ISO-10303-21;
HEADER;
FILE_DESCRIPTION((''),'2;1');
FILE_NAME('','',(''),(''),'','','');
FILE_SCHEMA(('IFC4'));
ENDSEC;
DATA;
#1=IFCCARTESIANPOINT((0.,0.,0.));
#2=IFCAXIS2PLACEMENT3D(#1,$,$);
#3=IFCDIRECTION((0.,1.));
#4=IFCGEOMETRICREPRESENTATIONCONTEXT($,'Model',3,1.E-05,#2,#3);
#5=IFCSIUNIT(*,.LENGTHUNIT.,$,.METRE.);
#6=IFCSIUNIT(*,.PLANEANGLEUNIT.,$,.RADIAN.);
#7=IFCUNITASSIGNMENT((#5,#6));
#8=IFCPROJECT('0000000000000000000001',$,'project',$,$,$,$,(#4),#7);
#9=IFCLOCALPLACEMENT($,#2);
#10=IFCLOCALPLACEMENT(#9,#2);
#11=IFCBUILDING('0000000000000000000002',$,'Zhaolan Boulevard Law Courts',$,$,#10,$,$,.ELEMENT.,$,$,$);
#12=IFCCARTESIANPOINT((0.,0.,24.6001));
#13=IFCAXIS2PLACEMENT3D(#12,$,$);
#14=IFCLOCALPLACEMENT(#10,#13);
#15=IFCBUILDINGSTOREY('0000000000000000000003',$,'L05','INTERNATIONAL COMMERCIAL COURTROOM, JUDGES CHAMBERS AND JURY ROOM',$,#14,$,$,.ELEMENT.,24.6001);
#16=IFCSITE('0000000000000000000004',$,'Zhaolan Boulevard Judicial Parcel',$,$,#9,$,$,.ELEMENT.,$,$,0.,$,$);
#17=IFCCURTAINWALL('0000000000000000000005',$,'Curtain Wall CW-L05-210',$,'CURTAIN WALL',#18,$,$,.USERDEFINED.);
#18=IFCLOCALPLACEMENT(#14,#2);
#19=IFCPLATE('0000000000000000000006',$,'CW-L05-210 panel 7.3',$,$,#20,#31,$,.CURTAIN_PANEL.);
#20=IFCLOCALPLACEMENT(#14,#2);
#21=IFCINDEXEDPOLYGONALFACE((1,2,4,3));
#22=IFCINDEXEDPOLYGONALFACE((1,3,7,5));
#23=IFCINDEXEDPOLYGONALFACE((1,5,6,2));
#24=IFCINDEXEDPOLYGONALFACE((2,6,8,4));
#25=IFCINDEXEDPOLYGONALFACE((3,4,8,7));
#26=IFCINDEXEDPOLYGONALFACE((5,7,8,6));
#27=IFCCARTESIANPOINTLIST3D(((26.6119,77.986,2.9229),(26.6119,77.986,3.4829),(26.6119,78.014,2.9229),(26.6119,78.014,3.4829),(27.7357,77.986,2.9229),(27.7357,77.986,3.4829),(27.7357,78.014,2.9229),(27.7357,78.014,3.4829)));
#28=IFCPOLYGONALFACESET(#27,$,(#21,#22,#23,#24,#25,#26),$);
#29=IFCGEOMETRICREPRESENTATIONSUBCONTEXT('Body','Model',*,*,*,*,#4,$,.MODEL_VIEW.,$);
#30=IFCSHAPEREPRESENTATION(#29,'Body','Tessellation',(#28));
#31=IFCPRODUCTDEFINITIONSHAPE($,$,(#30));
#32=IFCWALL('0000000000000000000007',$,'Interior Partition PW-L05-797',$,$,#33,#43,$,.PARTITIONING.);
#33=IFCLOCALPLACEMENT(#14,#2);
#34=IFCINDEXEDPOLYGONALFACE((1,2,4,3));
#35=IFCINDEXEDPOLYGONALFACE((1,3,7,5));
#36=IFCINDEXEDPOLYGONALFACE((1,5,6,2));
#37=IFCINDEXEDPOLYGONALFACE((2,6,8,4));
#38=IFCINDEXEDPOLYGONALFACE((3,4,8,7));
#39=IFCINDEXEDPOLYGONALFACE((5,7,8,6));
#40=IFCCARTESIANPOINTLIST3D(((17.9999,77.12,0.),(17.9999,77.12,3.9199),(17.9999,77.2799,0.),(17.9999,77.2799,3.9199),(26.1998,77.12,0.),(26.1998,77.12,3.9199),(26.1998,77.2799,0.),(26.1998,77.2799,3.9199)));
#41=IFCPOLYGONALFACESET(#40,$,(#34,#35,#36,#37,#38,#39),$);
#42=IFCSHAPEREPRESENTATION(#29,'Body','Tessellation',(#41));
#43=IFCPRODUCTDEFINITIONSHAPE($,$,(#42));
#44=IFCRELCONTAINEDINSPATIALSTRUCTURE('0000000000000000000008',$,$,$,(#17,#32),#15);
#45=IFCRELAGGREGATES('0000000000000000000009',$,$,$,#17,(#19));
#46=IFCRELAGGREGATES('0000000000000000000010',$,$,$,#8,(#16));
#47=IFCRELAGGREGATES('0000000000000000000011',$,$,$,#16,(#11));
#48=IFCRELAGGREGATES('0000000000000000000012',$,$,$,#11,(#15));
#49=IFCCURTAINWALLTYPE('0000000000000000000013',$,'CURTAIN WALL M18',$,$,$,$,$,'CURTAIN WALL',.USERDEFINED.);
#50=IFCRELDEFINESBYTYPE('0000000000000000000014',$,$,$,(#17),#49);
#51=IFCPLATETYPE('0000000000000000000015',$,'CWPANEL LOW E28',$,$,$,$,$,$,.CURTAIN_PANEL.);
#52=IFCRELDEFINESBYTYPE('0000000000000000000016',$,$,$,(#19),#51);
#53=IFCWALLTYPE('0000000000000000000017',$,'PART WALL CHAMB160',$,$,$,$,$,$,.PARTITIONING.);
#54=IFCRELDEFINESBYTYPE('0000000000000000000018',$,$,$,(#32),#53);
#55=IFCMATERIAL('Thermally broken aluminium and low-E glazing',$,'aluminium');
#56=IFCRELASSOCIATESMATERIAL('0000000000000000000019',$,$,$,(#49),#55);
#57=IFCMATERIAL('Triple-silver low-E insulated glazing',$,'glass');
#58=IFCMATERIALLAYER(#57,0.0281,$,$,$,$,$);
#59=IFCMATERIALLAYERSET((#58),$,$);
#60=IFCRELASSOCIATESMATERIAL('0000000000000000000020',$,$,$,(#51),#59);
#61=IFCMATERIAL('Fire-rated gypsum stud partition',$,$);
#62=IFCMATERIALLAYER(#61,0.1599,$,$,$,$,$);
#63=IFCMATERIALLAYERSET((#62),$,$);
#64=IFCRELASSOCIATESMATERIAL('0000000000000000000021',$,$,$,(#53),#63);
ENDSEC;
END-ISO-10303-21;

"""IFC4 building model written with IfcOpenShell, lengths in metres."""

from ifc_helpers import new_model, si_unit, direction, frame, frame_2d, origin, origin_2d, place, context, subcontext, project, spatial, rectangle, extrude, material, layer, layer_set, type_object, element, aggregate, save


model = new_model("IFC4")

# Units and contexts
model_context = context("Model", 3, precision=1e-05, world=origin(), true_north=direction((0.0, 1.0)))
body_context = subcontext(model_context, "Body", "Model", "MODEL_VIEW")
ifc_project = project(units=[si_unit("LENGTHUNIT", "METRE"), si_unit("PLANEANGLEUNIT", "RADIAN")], contexts=[model_context])

# Site, building, storey
site_placement = place(None, origin())
site = spatial("IfcSite", under=ifc_project, at=site_placement, Name="Zhaolan Boulevard Judicial Parcel", CompositionType="ELEMENT", RefElevation=0.0)
building_placement = place(site_placement, origin())
building = spatial("IfcBuilding", under=site, at=building_placement, Name="Zhaolan Boulevard Law Courts", CompositionType="ELEMENT")
storey_placement = place(building_placement, frame((0.0, 0.0, 24.6001)))
storey = spatial("IfcBuildingStorey", under=building, at=storey_placement, Name="L05", Description="INTERNATIONAL COMMERCIAL COURTROOM, JUDGES CHAMBERS AND JURY ROOM", CompositionType="ELEMENT", Elevation=24.6001)

# Curtain wall
ifc_material_1 = material(Name="Thermally broken aluminium and low-E glazing", Category="aluminium")
curtain_wall_type_1 = type_object("IfcCurtainWallType", Name="CURTAIN WALL M18", ElementType="CURTAIN WALL", PredefinedType="USERDEFINED", material=ifc_material_1)
curtain_wall_1_placement = place(storey_placement, origin())
curtain_wall_1 = element("IfcCurtainWall", 1, at=curtain_wall_1_placement, inside=storey, type_object=curtain_wall_type_1, Name="Curtain Wall CW-L05-210", ObjectType="CURTAIN WALL", PredefinedType="USERDEFINED")

# Plate
ifc_material_2 = material(Name="Triple-silver low-E insulated glazing", Category="glass")
ifc_layer_1 = layer(ifc_material_2, 0.0281)
ifc_layer_set_1 = layer_set([ifc_layer_1])
plate_type = type_object("IfcPlateType", Name="CWPANEL LOW E28", PredefinedType="CURTAIN_PANEL", material=ifc_layer_set_1)
plate_1_placement = place(storey_placement, frame((27.1738, 78.0, 2.9229), z_axis=(0.0, 0.0, 1.0), x_axis=(-1.0, 0.0, 0.0)))
plate_1 = element("IfcPlate", 2, at=plate_1_placement, type_object=plate_type, Name="CW-L05-210 panel 7.3", PredefinedType="CURTAIN_PANEL", context=body_context, shape_type="SweptSolid", body=[
    extrude(rectangle(XDim=1.1238, YDim=0.0281, at=origin_2d()), origin(), (0.0, 0.0, 1.0), 0.5601),
])
aggregate(curtain_wall_1, [plate_1])

# Wall
ifc_material_3 = material(Name="Fire-rated gypsum stud partition")
ifc_layer_2 = layer(ifc_material_3, 0.1599)
ifc_layer_set_2 = layer_set([ifc_layer_2])
wall_type = type_object("IfcWallType", Name="PART WALL CHAMB160", PredefinedType="PARTITIONING", material=ifc_layer_set_2)
wall_placement = place(storey_placement, frame((26.2, 77.2, 0.0), z_axis=(0.0, 0.0, 1.0), x_axis=(-1.0, 0.0, 0.0)))
element("IfcWall", 3, at=wall_placement, inside=storey, type_object=wall_type, Name="Interior Partition PW-L05-797", PredefinedType="PARTITIONING", context=body_context, shape_type="SweptSolid", body=[
    extrude(rectangle(XDim=8.2, YDim=0.1599, at=frame_2d((4.1001, 0.0))), origin(), (0.0, 0.0, 1.0), 3.9199),
])

save(model, "model.ifc")
